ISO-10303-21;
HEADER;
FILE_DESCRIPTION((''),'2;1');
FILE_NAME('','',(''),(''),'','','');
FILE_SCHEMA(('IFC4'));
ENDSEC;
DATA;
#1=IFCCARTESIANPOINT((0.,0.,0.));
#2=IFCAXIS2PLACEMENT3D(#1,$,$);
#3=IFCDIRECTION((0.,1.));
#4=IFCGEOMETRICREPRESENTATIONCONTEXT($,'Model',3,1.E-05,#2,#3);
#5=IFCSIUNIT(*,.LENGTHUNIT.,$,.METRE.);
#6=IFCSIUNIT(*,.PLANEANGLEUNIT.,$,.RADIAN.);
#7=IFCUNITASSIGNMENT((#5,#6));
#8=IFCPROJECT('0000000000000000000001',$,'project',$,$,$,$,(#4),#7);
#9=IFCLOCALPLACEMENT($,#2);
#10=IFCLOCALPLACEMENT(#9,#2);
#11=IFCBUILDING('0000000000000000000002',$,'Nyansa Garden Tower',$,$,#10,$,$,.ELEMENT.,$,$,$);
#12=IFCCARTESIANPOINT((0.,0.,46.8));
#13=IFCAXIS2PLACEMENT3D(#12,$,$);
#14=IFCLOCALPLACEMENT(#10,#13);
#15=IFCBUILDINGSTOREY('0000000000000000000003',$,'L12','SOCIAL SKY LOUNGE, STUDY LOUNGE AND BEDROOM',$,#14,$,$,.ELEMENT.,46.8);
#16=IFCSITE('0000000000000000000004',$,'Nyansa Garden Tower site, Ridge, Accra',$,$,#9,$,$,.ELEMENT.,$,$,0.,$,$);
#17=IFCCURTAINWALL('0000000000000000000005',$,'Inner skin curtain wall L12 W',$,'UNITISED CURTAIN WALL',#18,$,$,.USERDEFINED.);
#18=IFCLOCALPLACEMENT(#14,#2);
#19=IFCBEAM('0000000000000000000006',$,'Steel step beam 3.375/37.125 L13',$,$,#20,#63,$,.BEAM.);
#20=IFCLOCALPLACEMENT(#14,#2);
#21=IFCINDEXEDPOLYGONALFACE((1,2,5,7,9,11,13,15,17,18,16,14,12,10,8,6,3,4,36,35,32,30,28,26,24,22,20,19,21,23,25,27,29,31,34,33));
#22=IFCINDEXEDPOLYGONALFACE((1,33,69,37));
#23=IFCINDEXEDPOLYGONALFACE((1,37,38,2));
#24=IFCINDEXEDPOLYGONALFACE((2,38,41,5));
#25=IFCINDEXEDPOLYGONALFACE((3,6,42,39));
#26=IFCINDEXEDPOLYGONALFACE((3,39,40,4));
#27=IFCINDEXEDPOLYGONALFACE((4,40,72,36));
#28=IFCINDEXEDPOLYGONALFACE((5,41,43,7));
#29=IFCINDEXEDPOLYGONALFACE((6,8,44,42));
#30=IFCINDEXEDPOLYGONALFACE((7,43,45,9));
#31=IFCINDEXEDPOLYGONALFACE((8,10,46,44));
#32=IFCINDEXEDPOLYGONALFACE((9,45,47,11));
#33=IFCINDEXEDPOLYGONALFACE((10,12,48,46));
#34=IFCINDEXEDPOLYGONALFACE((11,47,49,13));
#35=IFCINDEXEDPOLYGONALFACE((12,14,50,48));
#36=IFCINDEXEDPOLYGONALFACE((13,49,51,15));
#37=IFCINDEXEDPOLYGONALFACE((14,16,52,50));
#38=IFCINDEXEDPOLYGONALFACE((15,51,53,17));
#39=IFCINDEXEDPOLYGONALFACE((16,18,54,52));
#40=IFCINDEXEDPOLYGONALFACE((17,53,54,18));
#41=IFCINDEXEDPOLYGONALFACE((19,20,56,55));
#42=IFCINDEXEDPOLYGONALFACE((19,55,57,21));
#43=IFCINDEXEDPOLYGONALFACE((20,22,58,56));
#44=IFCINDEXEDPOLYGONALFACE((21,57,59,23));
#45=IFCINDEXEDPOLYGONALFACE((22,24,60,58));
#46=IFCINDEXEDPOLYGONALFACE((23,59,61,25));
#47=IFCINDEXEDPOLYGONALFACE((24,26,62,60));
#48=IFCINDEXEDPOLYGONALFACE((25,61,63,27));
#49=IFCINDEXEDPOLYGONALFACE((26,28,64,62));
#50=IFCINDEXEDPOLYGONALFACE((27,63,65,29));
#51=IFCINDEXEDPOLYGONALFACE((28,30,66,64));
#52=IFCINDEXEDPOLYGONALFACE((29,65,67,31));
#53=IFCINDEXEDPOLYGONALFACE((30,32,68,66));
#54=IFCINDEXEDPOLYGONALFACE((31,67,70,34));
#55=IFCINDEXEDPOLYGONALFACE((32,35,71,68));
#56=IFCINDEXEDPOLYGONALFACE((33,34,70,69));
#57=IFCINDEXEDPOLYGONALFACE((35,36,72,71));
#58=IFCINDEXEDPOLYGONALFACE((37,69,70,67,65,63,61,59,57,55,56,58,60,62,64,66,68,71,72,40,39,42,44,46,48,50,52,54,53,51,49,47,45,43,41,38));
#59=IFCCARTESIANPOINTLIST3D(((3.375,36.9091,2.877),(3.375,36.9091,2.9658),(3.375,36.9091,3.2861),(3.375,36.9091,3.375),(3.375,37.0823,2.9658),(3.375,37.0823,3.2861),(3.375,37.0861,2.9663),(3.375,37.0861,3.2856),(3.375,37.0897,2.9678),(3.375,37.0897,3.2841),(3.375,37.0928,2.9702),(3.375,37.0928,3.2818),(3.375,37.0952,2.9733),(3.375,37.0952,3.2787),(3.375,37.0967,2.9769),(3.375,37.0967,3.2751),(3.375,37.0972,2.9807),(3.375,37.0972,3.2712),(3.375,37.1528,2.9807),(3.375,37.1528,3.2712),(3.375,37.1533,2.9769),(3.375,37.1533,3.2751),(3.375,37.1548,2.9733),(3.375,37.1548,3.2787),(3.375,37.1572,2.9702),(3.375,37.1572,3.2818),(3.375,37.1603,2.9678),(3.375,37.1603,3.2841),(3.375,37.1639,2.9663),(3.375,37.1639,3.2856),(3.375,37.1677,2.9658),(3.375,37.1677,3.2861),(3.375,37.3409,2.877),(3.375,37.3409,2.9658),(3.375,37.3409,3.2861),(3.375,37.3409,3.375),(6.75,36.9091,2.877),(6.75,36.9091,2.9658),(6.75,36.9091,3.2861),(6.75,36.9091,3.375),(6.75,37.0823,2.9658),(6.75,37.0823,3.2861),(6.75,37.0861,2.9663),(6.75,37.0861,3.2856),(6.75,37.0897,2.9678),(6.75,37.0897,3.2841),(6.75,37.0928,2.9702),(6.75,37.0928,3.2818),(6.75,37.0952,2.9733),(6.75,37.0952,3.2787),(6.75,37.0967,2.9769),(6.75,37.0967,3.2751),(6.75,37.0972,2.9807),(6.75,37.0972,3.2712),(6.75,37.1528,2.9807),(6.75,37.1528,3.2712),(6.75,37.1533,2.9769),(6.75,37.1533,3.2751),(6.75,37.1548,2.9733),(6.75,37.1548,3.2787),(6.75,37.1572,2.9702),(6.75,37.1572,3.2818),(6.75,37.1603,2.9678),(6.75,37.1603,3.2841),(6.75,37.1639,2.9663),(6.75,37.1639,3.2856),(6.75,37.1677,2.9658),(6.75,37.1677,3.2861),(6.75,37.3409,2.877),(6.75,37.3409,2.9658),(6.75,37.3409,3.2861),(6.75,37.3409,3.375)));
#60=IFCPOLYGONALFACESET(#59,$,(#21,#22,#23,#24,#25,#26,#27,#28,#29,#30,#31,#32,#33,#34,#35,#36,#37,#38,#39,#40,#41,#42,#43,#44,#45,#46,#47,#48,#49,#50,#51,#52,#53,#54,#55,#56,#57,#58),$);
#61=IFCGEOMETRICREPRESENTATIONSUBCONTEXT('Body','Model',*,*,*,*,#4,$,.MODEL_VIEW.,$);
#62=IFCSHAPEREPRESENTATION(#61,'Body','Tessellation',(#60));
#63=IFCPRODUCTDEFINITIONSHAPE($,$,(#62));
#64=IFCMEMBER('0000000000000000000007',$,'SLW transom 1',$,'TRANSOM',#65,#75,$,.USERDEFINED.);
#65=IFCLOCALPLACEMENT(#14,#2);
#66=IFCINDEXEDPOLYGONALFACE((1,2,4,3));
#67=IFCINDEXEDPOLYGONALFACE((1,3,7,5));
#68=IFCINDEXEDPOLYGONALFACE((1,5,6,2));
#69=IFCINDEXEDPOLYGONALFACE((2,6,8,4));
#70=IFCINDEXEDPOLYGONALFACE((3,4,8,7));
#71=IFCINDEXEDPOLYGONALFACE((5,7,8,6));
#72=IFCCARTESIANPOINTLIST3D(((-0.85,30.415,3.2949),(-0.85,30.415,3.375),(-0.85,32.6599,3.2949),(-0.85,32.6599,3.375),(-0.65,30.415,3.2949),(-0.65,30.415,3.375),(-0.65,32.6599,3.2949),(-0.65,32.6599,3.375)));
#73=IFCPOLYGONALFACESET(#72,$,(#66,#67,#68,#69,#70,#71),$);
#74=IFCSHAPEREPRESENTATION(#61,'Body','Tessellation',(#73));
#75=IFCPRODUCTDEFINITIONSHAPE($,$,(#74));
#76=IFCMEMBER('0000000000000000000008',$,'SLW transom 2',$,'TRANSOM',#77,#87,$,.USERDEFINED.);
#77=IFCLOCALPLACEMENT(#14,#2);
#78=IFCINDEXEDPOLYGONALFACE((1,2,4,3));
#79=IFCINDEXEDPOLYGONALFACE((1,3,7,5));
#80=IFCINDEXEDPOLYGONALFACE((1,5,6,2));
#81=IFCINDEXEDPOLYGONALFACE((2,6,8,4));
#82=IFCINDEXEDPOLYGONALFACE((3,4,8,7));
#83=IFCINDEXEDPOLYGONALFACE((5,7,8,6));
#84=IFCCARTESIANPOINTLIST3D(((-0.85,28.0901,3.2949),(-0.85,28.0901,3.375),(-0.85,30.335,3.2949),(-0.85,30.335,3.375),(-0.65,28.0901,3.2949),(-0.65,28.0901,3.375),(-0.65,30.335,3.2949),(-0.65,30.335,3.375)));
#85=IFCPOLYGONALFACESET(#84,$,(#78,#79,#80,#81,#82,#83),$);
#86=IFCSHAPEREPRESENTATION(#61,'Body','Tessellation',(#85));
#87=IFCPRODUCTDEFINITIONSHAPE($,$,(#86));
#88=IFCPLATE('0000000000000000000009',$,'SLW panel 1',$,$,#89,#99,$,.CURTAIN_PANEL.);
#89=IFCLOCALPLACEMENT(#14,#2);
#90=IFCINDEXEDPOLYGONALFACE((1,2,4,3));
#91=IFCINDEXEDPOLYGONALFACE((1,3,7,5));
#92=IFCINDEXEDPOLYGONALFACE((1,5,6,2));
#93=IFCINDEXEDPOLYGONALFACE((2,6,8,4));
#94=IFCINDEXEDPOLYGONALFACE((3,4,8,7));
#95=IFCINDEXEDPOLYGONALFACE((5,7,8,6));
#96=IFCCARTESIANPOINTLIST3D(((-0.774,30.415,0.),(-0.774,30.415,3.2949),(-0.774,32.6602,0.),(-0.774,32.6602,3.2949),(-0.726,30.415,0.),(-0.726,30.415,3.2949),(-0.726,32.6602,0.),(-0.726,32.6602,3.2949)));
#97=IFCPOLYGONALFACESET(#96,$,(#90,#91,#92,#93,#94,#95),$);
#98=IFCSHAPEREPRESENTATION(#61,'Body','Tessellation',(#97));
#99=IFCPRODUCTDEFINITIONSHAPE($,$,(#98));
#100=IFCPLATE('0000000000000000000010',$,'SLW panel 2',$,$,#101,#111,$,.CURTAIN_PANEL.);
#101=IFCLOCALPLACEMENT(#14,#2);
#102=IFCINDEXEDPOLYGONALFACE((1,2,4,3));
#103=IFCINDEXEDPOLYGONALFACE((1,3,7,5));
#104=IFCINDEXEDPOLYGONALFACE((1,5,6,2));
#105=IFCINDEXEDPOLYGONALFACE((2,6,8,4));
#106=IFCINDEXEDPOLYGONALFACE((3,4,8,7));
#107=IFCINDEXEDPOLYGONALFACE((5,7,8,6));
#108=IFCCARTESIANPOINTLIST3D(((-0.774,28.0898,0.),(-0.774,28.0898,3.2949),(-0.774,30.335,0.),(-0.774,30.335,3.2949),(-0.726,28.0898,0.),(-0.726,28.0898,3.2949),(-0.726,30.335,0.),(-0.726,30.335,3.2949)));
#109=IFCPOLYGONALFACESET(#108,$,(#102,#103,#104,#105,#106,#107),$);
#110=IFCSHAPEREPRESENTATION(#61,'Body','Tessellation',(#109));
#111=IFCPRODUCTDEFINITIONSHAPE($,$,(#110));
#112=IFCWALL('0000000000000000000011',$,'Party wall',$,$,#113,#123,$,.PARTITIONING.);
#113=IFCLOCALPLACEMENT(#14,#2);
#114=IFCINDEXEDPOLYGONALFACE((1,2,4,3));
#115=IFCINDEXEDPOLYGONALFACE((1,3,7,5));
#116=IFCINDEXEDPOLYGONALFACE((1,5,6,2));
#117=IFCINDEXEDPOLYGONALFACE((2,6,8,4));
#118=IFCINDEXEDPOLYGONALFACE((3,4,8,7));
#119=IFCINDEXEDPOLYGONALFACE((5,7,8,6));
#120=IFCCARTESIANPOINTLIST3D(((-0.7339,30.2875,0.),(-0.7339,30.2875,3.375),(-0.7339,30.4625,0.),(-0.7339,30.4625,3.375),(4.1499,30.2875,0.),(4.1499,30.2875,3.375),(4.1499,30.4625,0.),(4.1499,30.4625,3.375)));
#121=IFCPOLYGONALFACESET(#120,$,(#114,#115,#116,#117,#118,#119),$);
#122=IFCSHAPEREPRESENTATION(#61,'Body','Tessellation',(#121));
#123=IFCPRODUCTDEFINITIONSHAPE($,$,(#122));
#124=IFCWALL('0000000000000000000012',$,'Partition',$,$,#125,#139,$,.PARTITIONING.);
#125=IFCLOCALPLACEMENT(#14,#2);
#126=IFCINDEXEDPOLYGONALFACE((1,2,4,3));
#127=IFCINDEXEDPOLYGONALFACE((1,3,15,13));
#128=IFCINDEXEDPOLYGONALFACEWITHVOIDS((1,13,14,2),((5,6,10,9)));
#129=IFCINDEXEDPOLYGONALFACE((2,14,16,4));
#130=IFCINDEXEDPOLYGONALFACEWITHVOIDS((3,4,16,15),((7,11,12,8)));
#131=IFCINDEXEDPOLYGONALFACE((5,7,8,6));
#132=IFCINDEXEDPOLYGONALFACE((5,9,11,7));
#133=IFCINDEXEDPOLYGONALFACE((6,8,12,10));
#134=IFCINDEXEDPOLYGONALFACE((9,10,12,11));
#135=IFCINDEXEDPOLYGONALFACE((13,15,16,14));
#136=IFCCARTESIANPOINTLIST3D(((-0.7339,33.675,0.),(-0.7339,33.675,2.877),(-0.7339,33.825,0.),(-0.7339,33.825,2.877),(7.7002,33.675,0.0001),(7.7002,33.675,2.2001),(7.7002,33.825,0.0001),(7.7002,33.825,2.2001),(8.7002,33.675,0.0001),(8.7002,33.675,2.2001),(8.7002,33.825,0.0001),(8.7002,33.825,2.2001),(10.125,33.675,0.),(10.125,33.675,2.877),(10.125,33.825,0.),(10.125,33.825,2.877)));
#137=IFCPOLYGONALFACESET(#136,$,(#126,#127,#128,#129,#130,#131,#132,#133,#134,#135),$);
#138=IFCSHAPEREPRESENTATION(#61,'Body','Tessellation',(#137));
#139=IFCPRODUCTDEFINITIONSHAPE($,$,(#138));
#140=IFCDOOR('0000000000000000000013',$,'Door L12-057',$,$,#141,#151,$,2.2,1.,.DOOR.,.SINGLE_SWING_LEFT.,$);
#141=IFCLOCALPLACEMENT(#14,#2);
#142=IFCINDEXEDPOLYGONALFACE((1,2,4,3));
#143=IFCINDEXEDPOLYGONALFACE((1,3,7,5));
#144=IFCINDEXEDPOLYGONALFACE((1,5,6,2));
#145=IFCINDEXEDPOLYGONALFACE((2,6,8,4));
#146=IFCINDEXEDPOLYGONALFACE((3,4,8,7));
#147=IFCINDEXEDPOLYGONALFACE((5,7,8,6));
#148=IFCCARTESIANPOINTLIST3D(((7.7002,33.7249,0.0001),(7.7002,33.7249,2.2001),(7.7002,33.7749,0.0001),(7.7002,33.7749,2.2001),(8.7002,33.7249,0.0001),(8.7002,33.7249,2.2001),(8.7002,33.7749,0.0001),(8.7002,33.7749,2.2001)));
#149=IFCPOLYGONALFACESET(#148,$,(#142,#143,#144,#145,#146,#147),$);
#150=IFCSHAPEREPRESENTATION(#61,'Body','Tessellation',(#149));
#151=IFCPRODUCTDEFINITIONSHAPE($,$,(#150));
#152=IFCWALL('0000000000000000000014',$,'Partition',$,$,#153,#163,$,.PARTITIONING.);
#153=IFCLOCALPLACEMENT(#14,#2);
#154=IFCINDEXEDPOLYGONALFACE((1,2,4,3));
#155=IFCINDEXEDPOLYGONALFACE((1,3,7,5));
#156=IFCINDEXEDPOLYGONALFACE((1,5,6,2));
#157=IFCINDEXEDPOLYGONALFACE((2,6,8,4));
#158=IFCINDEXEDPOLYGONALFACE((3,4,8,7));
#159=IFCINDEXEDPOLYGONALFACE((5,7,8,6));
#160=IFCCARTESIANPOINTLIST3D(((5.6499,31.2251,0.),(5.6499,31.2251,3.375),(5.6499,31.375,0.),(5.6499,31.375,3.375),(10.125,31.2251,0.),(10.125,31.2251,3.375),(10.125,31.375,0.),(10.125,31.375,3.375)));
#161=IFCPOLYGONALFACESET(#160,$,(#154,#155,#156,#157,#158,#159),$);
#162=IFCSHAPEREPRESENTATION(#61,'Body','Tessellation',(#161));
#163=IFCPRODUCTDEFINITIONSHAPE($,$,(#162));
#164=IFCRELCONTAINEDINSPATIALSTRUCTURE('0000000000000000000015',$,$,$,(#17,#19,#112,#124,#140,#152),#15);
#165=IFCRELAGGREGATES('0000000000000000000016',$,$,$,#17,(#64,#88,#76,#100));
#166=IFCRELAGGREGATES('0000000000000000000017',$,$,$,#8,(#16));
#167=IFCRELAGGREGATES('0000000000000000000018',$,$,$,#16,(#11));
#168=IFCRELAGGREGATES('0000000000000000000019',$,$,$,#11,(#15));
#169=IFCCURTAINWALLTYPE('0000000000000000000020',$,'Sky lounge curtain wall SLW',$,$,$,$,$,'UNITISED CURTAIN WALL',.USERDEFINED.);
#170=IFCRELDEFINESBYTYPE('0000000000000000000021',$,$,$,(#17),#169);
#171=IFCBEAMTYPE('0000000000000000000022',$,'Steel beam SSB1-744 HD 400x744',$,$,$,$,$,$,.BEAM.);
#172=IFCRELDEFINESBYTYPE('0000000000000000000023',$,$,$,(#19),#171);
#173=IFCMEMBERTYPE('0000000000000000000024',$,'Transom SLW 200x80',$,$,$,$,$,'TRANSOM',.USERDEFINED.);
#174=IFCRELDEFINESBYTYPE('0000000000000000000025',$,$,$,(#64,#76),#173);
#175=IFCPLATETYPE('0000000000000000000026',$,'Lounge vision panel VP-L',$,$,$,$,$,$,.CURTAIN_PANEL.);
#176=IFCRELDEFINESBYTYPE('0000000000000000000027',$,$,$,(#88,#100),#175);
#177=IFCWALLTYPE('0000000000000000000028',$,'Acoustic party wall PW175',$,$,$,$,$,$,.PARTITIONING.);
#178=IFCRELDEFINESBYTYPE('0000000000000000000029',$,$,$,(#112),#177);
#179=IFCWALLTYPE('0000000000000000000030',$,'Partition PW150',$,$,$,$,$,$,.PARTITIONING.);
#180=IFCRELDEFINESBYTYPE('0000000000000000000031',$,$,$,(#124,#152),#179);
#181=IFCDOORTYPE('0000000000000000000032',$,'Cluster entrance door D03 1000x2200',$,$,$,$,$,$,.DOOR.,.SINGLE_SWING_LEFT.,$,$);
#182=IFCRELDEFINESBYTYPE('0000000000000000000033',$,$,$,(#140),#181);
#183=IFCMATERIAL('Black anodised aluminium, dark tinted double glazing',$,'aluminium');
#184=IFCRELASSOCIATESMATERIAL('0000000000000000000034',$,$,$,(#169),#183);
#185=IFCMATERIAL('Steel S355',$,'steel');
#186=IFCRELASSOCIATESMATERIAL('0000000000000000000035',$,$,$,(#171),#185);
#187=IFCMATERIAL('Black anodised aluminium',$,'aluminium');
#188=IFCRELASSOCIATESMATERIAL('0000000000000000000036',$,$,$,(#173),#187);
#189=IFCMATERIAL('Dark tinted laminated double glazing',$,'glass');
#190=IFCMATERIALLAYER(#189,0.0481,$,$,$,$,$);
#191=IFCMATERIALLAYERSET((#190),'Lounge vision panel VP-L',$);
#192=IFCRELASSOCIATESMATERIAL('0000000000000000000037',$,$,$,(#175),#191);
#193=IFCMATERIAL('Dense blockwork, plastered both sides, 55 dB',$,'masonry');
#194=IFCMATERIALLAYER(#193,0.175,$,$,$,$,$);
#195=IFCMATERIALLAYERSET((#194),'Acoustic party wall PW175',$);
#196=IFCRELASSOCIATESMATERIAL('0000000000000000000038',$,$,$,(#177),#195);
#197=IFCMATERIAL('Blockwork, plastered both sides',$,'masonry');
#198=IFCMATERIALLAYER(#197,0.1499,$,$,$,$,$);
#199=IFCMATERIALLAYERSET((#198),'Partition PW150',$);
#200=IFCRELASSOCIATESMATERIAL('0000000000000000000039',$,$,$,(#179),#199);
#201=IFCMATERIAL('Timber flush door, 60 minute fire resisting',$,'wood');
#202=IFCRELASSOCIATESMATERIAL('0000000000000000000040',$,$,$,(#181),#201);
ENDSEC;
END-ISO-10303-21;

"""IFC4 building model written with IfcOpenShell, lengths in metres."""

from ifc_helpers import new_model, si_unit, direction, frame, frame_2d, origin, origin_2d, place, context, subcontext, project, spatial, rectangle, i_section, extrude, material, layer, layer_set, material_profile, profile_set, type_object, element, fill, aggregate, save


model = new_model("IFC4")

# Units and contexts
model_context = context("Model", 3, precision=1e-05, world=origin(), true_north=direction((0.0, 1.0)))
body_context = subcontext(model_context, "Body", "Model", "MODEL_VIEW")
ifc_project = project(units=[si_unit("LENGTHUNIT", "METRE"), si_unit("PLANEANGLEUNIT", "RADIAN")], contexts=[model_context])

# Site, building, storey
site_placement = place(None, origin())
site = spatial("IfcSite", under=ifc_project, at=site_placement, Name="Nyansa Garden Tower site, Ridge, Accra", CompositionType="ELEMENT", RefElevation=0.0)
building_placement = place(site_placement, origin())
building = spatial("IfcBuilding", under=site, at=building_placement, Name="Nyansa Garden Tower", CompositionType="ELEMENT")
storey_placement = place(building_placement, frame((0.0, 0.0, 46.8)))
storey = spatial("IfcBuildingStorey", under=building, at=storey_placement, Name="L12", Description="SOCIAL SKY LOUNGE, STUDY LOUNGE AND BEDROOM", CompositionType="ELEMENT", Elevation=46.8)

# Curtain wall
ifc_material_1 = material(Name="Black anodised aluminium, dark tinted double glazing", Category="aluminium")
curtain_wall_type = type_object("IfcCurtainWallType", Name="Sky lounge curtain wall SLW", ElementType="UNITISED CURTAIN WALL", PredefinedType="USERDEFINED", material=ifc_material_1)
curtain_wall_placement = place(storey_placement, origin())
curtain_wall = element("IfcCurtainWall", 1, at=curtain_wall_placement, inside=storey, type_object=curtain_wall_type, Name="Inner skin curtain wall L12 W", ObjectType="UNITISED CURTAIN WALL", PredefinedType="USERDEFINED")

# Beam
ifc_material_2 = material(Name="Steel S355", Category="steel")
ifc_material_profile_1 = material_profile(ifc_material_2, i_section(OverallWidth=0.4319, OverallDepth=0.498, WebThickness=0.0557, FlangeThickness=0.0889, FilletRadius=0.0149, at=origin_2d()), Name="HD 400x744")
ifc_profile_set_1 = profile_set([ifc_material_profile_1], Name="Steel S355")
beam_type_1 = type_object("IfcBeamType", Name="Steel beam SSB1-744 HD 400x744", PredefinedType="BEAM", material=ifc_profile_set_1)
for number, where, z_axis, x_axis, name in (
    (2, (3.375, 37.125, 3.126), (1.0, 0.0, 0.0), (0.0, 1.0, 0.0), "Steel step beam 3.375/37.125 L13"),
):
    element("IfcBeam", number, at=place(storey_placement, frame(where, z_axis=z_axis, x_axis=x_axis)), inside=storey, type_object=beam_type_1, Name=name, PredefinedType="BEAM", context=body_context, shape_type="SweptSolid", body=[
        extrude(i_section(OverallWidth=0.4319, OverallDepth=0.498, WebThickness=0.0557, FlangeThickness=0.0889, FilletRadius=0.0149, at=origin_2d()), origin(), (0.0, 0.0, 1.0), 3.375),
    ])

# Members
ifc_material_3 = material(Name="Black anodised aluminium", Category="aluminium")
ifc_material_profile_2 = material_profile(ifc_material_3, rectangle(XDim=0.2, YDim=0.0801, at=origin_2d()), Name="Transom 200x80")
ifc_profile_set_2 = profile_set([ifc_material_profile_2], Name="Black anodised aluminium")
member_type_1 = type_object("IfcMemberType", Name="Transom SLW 200x80", ElementType="TRANSOM", PredefinedType="USERDEFINED", material=ifc_profile_set_2)
member_1_placement = place(storey_placement, frame((-0.75, 32.6599, 3.335), z_axis=(0.0, -1.0, 0.0), x_axis=(1.0, 0.0, 0.0)))
member_1 = element("IfcMember", 3, at=member_1_placement, type_object=member_type_1, Name="SLW transom 1", ObjectType="TRANSOM", PredefinedType="USERDEFINED", context=body_context, shape_type="SweptSolid", body=[
    extrude(rectangle(XDim=0.2, YDim=0.0801, at=origin_2d()), origin(), (0.0, 0.0, 1.0), 2.2449),
])
member_2_placement = place(storey_placement, frame((-0.75, 30.335, 3.335), z_axis=(0.0, -1.0, 0.0), x_axis=(1.0, 0.0, 0.0)))
member_2 = element("IfcMember", 4, at=member_2_placement, type_object=member_type_1, Name="SLW transom 2", ObjectType="TRANSOM", PredefinedType="USERDEFINED", context=body_context, shape_type="SweptSolid", body=[
    extrude(rectangle(XDim=0.2, YDim=0.0801, at=origin_2d()), origin(), (0.0, 0.0, 1.0), 2.2449),
])

# Plates
ifc_material_4 = material(Name="Dark tinted laminated double glazing", Category="glass")
ifc_layer_1 = layer(ifc_material_4, 0.0481)
ifc_layer_set_1 = layer_set([ifc_layer_1], Name="Lounge vision panel VP-L")
plate_type = type_object("IfcPlateType", Name="Lounge vision panel VP-L", PredefinedType="CURTAIN_PANEL", material=ifc_layer_set_1)
plate_1_placement = place(storey_placement, frame((-0.75, 31.5376, 0.0), z_axis=(0.0, 0.0, 1.0), x_axis=(0.0, -1.0, 0.0)))
plate_1 = element("IfcPlate", 5, at=plate_1_placement, type_object=plate_type, Name="SLW panel 1", PredefinedType="CURTAIN_PANEL", context=body_context, shape_type="SweptSolid", body=[
    extrude(rectangle(XDim=2.2451, YDim=0.0481, at=origin_2d()), origin(), (0.0, 0.0, 1.0), 3.2949),
])
plate_2_placement = place(storey_placement, frame((-0.75, 29.2124, 0.0), z_axis=(0.0, 0.0, 1.0), x_axis=(0.0, -1.0, 0.0)))
plate_2 = element("IfcPlate", 6, at=plate_2_placement, type_object=plate_type, Name="SLW panel 2", PredefinedType="CURTAIN_PANEL", context=body_context, shape_type="SweptSolid", body=[
    extrude(rectangle(XDim=2.2451, YDim=0.0481, at=origin_2d()), origin(), (0.0, 0.0, 1.0), 3.2949),
])
aggregate(curtain_wall, [member_1, plate_1, member_2, plate_2])

# Wall
ifc_material_5 = material(Name="Dense blockwork, plastered both sides, 55 dB", Category="masonry")
ifc_layer_2 = layer(ifc_material_5, 0.175)
ifc_layer_set_2 = layer_set([ifc_layer_2], Name="Acoustic party wall PW175")
wall_type_1 = type_object("IfcWallType", Name="Acoustic party wall PW175", PredefinedType="PARTITIONING", material=ifc_layer_set_2)
wall_1_placement = place(storey_placement, frame((-0.7339, 30.375, 0.0), z_axis=(0.0, 0.0, 1.0), x_axis=(1.0, 0.0, 0.0)))
element("IfcWall", 7, at=wall_1_placement, inside=storey, type_object=wall_type_1, Name="Party wall", PredefinedType="PARTITIONING", context=body_context, shape_type="SweptSolid", body=[
    extrude(rectangle(XDim=4.8838, YDim=0.175, at=frame_2d((2.4419, 0.0))), origin(), (0.0, 0.0, 1.0), 3.375),
])

# Wall, opening, door
ifc_material_6 = material(Name="Blockwork, plastered both sides", Category="masonry")
ifc_layer_3 = layer(ifc_material_6, 0.1499)
ifc_layer_set_3 = layer_set([ifc_layer_3], Name="Partition PW150")
wall_type_2 = type_object("IfcWallType", Name="Partition PW150", PredefinedType="PARTITIONING", material=ifc_layer_set_3)
wall_2_placement = place(storey_placement, frame((-0.7339, 33.75, 0.0), z_axis=(0.0, 0.0, 1.0), x_axis=(1.0, 0.0, 0.0)))
wall_2 = element("IfcWall", 8, at=wall_2_placement, inside=storey, type_object=wall_type_2, Name="Partition", PredefinedType="PARTITIONING", context=body_context, shape_type="SweptSolid", body=[
    extrude(rectangle(XDim=10.8589, YDim=0.1499, at=frame_2d((5.4294, 0.0))), origin(), (0.0, 0.0, 1.0), 2.877),
])
opening_1_placement = place(wall_2_placement, frame((8.4341, 0.0, 0.0)))
opening_1 = element("IfcOpeningElement", 9, at=opening_1_placement, cuts=wall_2, PredefinedType="OPENING", context=body_context, shape_type="SweptSolid", body=[
    extrude(rectangle(XDim=1.0, YDim=2.2, at=frame_2d((0.5, 1.1001))), frame((0.0, 0.085, 0.0), z_axis=(0.0, -1.0, 0.0), x_axis=(1.0, 0.0, 0.0)), (0.0, 0.0, 1.0), 0.1699),
])
ifc_material_7 = material(Name="Timber flush door, 60 minute fire resisting", Category="wood")
door_type_1 = type_object("IfcDoorType", Name="Cluster entrance door D03 1000x2200", OperationType="SINGLE_SWING_LEFT", PredefinedType="DOOR", material=ifc_material_7)
door_1_placement = place(opening_1_placement, origin())
door_1 = element("IfcDoor", 10, at=door_1_placement, inside=storey, type_object=door_type_1, Name="Door L12-057", OperationType="SINGLE_SWING_LEFT", OverallHeight=2.2, OverallWidth=1.0, PredefinedType="DOOR", context=body_context, shape_type="SweptSolid", body=[
    extrude(rectangle(XDim=1.0, YDim=2.2, at=frame_2d((0.5, 1.1001))), frame((0.0, 0.0249, 0.0), z_axis=(0.0, -1.0, 0.0), x_axis=(1.0, 0.0, 0.0)), (0.0, 0.0, 1.0), 0.05),
])
fill(opening_1, door_1)

# Wall
wall_3_placement = place(storey_placement, frame((5.6499, 31.3, 0.0), z_axis=(0.0, 0.0, 1.0), x_axis=(1.0, 0.0, 0.0)))
element("IfcWall", 11, at=wall_3_placement, inside=storey, type_object=wall_type_2, Name="Partition", PredefinedType="PARTITIONING", context=body_context, shape_type="SweptSolid", body=[
    extrude(rectangle(XDim=4.4751, YDim=0.1499, at=frame_2d((2.2375, 0.0))), origin(), (0.0, 0.0, 1.0), 3.375),
])

save(model, "model.ifc")
